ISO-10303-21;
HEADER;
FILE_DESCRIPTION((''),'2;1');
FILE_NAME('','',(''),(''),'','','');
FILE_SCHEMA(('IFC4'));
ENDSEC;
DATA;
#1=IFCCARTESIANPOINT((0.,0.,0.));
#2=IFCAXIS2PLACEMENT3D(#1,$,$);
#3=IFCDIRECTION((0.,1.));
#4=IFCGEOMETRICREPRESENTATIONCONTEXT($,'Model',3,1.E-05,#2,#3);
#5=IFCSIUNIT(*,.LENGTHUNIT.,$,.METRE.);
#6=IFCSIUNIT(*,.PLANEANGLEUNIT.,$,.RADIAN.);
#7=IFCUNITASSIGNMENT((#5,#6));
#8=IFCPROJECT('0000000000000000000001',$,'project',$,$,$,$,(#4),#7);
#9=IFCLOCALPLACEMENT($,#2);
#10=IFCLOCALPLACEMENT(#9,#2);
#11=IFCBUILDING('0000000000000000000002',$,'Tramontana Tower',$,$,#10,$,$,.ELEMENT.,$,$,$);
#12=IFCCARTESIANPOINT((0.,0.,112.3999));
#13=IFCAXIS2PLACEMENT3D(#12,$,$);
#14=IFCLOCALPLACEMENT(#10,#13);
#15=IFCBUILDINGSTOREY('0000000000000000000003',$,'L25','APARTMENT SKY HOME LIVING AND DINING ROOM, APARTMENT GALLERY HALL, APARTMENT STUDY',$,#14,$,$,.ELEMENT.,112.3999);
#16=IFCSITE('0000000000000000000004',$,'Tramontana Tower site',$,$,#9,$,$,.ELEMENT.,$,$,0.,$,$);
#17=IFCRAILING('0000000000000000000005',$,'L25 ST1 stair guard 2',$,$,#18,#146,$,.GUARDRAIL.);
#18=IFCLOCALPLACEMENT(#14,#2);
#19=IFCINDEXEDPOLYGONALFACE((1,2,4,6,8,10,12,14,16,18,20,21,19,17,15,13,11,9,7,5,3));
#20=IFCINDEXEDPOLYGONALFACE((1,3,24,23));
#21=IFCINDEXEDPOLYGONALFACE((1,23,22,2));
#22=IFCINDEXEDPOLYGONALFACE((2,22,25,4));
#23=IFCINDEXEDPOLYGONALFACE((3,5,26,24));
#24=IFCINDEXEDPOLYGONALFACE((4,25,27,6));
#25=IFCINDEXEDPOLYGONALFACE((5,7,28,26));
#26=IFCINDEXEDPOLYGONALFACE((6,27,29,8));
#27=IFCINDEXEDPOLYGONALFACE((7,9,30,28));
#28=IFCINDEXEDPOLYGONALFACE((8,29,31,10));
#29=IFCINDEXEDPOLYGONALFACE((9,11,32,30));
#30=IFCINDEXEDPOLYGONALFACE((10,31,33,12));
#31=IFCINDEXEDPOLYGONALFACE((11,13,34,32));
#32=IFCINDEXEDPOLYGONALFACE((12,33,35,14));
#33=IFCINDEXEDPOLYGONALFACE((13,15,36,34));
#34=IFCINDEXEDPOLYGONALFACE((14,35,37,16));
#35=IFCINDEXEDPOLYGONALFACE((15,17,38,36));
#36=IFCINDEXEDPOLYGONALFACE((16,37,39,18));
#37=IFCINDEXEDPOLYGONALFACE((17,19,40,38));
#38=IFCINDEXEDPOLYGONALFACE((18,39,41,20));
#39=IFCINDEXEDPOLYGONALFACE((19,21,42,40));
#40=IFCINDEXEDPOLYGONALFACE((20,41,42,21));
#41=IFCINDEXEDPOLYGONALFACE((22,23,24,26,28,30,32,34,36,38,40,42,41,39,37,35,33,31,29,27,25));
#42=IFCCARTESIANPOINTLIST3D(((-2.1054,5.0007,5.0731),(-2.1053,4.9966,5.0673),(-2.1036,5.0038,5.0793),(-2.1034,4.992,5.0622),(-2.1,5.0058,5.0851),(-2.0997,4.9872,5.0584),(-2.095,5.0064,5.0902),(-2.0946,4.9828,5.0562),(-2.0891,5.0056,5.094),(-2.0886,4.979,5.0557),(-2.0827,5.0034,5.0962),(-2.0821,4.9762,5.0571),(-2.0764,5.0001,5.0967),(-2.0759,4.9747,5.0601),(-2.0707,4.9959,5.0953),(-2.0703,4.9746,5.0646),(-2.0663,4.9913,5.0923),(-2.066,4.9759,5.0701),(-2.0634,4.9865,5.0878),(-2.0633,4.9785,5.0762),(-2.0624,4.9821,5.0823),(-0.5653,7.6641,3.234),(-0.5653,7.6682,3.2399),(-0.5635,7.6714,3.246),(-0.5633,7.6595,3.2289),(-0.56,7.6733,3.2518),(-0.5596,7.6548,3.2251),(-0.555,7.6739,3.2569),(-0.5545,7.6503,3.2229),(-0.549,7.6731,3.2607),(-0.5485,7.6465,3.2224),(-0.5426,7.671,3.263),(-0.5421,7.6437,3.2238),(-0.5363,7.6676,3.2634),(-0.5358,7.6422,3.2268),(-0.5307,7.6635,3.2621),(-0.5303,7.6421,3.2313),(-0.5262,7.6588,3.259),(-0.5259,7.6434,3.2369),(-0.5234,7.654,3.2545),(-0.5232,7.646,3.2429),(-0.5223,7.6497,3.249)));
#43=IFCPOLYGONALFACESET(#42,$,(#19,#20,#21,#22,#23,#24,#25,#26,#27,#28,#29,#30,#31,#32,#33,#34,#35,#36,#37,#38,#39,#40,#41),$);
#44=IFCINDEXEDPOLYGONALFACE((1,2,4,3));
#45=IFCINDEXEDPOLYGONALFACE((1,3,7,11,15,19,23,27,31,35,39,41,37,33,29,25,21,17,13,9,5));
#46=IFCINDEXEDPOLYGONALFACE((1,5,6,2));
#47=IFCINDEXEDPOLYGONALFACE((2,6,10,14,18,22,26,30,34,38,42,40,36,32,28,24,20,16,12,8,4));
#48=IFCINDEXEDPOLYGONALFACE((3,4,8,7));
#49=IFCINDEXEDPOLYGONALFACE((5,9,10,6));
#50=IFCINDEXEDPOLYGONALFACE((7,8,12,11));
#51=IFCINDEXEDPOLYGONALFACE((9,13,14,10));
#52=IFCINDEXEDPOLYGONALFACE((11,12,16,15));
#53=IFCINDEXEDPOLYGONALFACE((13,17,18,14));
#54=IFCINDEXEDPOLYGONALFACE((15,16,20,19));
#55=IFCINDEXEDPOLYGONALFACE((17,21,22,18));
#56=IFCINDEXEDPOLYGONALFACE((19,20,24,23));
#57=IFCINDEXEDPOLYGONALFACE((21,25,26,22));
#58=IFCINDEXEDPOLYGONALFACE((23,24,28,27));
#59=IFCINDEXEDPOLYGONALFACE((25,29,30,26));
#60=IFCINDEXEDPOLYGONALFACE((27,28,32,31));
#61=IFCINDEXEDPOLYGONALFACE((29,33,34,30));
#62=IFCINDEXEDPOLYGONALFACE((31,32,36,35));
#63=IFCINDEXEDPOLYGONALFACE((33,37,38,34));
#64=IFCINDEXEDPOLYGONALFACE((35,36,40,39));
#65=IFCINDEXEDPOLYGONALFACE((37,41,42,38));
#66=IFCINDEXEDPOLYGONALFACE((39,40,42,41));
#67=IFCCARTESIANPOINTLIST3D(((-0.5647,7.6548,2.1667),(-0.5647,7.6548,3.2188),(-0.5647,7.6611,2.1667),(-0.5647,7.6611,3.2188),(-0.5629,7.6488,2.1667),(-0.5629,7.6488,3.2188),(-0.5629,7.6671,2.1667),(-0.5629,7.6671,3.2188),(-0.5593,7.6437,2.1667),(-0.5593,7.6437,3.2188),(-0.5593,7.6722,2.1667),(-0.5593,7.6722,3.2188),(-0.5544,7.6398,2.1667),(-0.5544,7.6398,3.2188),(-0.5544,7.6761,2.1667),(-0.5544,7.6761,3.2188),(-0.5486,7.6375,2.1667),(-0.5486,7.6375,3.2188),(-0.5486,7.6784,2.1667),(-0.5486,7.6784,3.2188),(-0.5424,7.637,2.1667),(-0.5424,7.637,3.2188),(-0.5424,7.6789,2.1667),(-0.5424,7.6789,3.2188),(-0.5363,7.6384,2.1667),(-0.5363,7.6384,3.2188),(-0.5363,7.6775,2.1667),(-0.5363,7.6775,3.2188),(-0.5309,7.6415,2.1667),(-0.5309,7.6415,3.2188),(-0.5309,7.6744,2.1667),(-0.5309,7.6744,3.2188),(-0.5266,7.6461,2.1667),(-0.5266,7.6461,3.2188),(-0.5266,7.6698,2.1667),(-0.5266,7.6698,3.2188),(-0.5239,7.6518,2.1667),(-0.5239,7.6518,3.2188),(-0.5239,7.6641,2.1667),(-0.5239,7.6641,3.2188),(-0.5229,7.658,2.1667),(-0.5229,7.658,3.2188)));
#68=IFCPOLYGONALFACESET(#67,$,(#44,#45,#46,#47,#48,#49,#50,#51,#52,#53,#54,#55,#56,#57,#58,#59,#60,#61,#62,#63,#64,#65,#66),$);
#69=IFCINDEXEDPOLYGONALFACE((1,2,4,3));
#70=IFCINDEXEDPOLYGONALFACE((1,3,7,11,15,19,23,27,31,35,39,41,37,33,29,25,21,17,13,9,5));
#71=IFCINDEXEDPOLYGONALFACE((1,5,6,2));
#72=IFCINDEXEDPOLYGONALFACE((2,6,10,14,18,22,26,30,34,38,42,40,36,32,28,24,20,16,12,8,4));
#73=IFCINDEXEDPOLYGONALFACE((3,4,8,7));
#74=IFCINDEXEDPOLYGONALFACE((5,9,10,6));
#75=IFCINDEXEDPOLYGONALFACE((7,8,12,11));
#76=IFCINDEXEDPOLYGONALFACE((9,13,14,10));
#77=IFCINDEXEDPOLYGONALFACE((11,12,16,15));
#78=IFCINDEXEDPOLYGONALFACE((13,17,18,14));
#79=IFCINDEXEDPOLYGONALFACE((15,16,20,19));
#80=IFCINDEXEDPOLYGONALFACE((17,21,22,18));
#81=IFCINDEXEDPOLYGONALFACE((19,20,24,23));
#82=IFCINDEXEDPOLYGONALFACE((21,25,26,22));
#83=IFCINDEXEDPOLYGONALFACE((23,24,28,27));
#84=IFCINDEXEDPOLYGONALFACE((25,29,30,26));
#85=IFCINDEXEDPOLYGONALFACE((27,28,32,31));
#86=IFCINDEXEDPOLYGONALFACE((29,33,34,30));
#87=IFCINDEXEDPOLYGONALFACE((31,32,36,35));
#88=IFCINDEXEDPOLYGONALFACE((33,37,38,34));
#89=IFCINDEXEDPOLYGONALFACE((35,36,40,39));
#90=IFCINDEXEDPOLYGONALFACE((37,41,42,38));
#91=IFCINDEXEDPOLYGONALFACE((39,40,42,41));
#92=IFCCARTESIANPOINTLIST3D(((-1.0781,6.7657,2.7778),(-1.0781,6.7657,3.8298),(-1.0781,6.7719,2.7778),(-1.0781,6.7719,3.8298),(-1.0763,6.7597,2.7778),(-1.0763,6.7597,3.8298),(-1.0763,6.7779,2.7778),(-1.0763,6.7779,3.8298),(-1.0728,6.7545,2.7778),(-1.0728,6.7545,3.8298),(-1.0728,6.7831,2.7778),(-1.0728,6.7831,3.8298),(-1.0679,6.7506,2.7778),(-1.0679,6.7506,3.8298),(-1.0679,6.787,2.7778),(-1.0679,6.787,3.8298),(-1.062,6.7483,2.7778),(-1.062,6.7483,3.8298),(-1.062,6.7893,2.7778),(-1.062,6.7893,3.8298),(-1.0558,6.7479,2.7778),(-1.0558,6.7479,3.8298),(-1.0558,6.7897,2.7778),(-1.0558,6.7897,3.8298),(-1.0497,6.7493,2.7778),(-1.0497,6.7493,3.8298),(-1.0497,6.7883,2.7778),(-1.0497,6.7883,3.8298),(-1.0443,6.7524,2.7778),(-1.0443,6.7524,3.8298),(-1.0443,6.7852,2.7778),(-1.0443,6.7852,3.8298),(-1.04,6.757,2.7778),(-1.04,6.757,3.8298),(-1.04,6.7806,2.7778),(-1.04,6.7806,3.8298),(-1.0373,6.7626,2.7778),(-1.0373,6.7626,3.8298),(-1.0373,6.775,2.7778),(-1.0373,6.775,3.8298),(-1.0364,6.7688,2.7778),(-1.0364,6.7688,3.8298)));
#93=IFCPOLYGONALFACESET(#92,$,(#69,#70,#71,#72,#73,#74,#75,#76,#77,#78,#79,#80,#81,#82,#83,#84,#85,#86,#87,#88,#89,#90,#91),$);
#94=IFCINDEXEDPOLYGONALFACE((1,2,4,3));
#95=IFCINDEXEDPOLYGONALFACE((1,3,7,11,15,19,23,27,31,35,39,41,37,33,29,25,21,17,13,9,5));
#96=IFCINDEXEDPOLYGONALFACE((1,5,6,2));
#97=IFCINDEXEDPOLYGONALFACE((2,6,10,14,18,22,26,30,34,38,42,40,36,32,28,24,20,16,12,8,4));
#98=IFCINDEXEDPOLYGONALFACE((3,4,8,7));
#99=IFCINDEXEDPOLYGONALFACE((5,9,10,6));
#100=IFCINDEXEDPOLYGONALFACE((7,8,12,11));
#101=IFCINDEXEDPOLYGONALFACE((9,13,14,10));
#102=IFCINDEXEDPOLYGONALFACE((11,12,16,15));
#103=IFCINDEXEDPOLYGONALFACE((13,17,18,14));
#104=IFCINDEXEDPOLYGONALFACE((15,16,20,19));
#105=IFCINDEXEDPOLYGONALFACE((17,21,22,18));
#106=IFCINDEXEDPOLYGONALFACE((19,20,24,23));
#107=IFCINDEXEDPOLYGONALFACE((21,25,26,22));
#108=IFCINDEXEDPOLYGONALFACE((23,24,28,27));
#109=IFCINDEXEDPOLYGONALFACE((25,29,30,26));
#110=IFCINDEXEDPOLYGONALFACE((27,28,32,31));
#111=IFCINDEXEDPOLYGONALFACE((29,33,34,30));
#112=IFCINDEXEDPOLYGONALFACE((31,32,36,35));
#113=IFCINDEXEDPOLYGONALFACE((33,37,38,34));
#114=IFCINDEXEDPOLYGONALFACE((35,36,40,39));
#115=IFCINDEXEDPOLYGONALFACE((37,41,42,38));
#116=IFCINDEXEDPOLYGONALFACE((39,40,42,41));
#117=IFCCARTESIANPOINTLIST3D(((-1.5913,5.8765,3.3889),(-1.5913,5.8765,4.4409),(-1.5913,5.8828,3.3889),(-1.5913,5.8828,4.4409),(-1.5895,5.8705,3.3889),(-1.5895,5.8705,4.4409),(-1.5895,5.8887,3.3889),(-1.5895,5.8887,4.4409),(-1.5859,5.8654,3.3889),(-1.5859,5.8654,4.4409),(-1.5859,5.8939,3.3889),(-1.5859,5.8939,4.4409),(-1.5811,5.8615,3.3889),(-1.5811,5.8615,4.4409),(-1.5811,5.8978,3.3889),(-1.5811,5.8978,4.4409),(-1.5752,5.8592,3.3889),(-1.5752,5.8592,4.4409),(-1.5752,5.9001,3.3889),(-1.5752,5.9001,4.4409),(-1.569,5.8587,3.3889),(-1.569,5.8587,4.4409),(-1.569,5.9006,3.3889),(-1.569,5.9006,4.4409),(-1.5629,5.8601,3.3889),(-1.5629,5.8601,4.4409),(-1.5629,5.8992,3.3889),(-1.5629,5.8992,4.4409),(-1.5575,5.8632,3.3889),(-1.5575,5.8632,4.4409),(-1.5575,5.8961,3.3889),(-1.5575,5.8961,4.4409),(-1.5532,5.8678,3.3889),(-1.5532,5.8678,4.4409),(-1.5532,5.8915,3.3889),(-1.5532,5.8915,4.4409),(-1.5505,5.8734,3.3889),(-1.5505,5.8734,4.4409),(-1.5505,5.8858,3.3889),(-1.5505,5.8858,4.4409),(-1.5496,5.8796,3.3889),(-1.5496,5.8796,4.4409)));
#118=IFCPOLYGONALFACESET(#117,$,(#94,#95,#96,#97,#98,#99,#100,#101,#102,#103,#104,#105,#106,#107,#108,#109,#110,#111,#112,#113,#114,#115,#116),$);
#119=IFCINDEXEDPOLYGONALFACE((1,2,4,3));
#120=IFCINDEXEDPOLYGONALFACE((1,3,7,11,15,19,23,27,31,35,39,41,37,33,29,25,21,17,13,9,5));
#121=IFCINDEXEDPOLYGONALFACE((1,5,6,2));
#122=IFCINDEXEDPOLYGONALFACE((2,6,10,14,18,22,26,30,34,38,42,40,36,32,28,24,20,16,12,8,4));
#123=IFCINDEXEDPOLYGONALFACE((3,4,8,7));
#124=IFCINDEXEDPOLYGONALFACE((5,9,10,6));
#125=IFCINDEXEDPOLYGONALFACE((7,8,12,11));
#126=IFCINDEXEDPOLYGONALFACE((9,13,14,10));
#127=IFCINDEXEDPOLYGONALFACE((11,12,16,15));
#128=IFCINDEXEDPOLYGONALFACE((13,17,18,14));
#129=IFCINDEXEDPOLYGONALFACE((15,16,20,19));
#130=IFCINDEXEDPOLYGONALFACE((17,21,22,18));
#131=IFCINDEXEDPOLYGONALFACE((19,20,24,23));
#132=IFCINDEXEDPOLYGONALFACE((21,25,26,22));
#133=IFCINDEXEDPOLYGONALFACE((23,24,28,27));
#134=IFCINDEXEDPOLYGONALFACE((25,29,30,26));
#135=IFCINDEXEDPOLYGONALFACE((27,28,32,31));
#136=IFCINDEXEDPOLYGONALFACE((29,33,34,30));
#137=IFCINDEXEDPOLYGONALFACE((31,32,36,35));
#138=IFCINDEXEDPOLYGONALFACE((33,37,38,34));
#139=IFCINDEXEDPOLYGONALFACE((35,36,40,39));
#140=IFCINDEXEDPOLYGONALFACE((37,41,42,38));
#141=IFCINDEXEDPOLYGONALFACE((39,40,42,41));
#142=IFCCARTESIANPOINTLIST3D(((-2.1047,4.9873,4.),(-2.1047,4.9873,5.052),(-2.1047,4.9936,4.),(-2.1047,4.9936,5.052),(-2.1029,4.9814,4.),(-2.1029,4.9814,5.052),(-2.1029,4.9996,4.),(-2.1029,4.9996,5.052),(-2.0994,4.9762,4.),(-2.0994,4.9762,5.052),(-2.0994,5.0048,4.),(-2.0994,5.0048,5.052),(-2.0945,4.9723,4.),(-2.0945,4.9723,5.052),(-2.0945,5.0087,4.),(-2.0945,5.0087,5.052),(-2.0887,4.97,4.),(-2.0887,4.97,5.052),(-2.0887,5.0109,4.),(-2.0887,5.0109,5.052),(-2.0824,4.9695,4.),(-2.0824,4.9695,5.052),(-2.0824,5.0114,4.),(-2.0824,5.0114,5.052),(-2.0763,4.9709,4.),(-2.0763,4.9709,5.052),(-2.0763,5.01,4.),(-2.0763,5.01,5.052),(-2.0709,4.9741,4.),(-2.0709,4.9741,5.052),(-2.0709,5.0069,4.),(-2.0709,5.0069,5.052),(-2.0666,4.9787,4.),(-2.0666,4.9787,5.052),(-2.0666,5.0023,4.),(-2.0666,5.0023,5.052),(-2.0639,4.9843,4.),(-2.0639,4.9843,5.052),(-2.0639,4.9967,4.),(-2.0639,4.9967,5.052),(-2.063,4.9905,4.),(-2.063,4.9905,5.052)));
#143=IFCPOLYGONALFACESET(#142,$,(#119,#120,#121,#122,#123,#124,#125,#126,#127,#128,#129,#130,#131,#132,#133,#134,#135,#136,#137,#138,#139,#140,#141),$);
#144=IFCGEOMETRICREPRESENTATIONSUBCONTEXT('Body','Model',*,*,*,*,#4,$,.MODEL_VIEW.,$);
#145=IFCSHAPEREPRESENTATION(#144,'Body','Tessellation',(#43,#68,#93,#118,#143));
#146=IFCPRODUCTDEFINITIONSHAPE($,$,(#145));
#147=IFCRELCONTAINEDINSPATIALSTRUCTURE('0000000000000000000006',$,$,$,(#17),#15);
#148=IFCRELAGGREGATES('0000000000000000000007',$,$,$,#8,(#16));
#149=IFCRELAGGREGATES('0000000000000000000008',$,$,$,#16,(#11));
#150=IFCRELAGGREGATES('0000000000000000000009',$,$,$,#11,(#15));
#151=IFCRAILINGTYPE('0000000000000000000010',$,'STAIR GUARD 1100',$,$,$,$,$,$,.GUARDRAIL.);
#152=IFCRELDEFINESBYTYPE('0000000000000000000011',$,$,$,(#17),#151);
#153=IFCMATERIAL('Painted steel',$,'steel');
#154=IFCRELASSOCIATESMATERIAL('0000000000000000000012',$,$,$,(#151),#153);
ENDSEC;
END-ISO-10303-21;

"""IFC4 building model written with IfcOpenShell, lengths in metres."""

from ifc_helpers import new_model, si_unit, direction, frame, origin, origin_2d, place, context, subcontext, project, spatial, circle, extrude, material, type_object, element, save


model = new_model("IFC4")

# Units and contexts
model_context = context("Model", 3, precision=1e-05, world=origin(), true_north=direction((0.0, 1.0)))
body_context = subcontext(model_context, "Body", "Model", "MODEL_VIEW")
ifc_project = project(units=[si_unit("LENGTHUNIT", "METRE"), si_unit("PLANEANGLEUNIT", "RADIAN")], contexts=[model_context])

# Site, building, storey
site_placement = place(None, origin())
site = spatial("IfcSite", under=ifc_project, at=site_placement, Name="Tramontana Tower site", CompositionType="ELEMENT", RefElevation=0.0)
building_placement = place(site_placement, origin())
building = spatial("IfcBuilding", under=site, at=building_placement, Name="Tramontana Tower", CompositionType="ELEMENT")
storey_placement = place(building_placement, frame((0.0, 0.0, 112.3999)))
storey = spatial("IfcBuildingStorey", under=building, at=storey_placement, Name="L25", Description="APARTMENT SKY HOME LIVING AND DINING ROOM, APARTMENT GALLERY HALL, APARTMENT STUDY", CompositionType="ELEMENT", Elevation=112.3999)

# Railing
ifc_material_1 = material(Name="Painted steel", Category="steel")
railing_type_1 = type_object("IfcRailingType", Name="STAIR GUARD 1100", PredefinedType="GUARDRAIL", material=ifc_material_1)
railing_1_placement = place(storey_placement, frame((-0.5439, 7.658, 2.1667)))
element("IfcRailing", 1, at=railing_1_placement, inside=storey, type_object=railing_type_1, Name="L25 ST1 stair guard 2", PredefinedType="GUARDRAIL", context=body_context, shape_type="SweptSolid", body=[
    extrude(circle(Radius=0.0239, at=origin_2d()), frame((0.0, 0.0, 1.0762), z_axis=(-0.429649, -0.74419, 0.511452), x_axis=(0.86603, -0.499992, 0.0)), (0.0, 0.0, 1.0), 3.5845),
    extrude(circle(Radius=0.021, at=origin_2d()), origin(), (0.0, 0.0, 1.0), 1.052),
    extrude(circle(Radius=0.021, at=origin_2d()), frame((-0.5134, -0.8892, 0.6111)), (0.0, 0.0, 1.0), 1.052),
    extrude(circle(Radius=0.021, at=origin_2d()), frame((-1.0266, -1.7783, 1.2222)), (0.0, 0.0, 1.0), 1.052),
    extrude(circle(Radius=0.021, at=origin_2d()), frame((-1.54, -2.6675, 1.8333)), (0.0, 0.0, 1.0), 1.052),
])

save(model, "model.ifc")
